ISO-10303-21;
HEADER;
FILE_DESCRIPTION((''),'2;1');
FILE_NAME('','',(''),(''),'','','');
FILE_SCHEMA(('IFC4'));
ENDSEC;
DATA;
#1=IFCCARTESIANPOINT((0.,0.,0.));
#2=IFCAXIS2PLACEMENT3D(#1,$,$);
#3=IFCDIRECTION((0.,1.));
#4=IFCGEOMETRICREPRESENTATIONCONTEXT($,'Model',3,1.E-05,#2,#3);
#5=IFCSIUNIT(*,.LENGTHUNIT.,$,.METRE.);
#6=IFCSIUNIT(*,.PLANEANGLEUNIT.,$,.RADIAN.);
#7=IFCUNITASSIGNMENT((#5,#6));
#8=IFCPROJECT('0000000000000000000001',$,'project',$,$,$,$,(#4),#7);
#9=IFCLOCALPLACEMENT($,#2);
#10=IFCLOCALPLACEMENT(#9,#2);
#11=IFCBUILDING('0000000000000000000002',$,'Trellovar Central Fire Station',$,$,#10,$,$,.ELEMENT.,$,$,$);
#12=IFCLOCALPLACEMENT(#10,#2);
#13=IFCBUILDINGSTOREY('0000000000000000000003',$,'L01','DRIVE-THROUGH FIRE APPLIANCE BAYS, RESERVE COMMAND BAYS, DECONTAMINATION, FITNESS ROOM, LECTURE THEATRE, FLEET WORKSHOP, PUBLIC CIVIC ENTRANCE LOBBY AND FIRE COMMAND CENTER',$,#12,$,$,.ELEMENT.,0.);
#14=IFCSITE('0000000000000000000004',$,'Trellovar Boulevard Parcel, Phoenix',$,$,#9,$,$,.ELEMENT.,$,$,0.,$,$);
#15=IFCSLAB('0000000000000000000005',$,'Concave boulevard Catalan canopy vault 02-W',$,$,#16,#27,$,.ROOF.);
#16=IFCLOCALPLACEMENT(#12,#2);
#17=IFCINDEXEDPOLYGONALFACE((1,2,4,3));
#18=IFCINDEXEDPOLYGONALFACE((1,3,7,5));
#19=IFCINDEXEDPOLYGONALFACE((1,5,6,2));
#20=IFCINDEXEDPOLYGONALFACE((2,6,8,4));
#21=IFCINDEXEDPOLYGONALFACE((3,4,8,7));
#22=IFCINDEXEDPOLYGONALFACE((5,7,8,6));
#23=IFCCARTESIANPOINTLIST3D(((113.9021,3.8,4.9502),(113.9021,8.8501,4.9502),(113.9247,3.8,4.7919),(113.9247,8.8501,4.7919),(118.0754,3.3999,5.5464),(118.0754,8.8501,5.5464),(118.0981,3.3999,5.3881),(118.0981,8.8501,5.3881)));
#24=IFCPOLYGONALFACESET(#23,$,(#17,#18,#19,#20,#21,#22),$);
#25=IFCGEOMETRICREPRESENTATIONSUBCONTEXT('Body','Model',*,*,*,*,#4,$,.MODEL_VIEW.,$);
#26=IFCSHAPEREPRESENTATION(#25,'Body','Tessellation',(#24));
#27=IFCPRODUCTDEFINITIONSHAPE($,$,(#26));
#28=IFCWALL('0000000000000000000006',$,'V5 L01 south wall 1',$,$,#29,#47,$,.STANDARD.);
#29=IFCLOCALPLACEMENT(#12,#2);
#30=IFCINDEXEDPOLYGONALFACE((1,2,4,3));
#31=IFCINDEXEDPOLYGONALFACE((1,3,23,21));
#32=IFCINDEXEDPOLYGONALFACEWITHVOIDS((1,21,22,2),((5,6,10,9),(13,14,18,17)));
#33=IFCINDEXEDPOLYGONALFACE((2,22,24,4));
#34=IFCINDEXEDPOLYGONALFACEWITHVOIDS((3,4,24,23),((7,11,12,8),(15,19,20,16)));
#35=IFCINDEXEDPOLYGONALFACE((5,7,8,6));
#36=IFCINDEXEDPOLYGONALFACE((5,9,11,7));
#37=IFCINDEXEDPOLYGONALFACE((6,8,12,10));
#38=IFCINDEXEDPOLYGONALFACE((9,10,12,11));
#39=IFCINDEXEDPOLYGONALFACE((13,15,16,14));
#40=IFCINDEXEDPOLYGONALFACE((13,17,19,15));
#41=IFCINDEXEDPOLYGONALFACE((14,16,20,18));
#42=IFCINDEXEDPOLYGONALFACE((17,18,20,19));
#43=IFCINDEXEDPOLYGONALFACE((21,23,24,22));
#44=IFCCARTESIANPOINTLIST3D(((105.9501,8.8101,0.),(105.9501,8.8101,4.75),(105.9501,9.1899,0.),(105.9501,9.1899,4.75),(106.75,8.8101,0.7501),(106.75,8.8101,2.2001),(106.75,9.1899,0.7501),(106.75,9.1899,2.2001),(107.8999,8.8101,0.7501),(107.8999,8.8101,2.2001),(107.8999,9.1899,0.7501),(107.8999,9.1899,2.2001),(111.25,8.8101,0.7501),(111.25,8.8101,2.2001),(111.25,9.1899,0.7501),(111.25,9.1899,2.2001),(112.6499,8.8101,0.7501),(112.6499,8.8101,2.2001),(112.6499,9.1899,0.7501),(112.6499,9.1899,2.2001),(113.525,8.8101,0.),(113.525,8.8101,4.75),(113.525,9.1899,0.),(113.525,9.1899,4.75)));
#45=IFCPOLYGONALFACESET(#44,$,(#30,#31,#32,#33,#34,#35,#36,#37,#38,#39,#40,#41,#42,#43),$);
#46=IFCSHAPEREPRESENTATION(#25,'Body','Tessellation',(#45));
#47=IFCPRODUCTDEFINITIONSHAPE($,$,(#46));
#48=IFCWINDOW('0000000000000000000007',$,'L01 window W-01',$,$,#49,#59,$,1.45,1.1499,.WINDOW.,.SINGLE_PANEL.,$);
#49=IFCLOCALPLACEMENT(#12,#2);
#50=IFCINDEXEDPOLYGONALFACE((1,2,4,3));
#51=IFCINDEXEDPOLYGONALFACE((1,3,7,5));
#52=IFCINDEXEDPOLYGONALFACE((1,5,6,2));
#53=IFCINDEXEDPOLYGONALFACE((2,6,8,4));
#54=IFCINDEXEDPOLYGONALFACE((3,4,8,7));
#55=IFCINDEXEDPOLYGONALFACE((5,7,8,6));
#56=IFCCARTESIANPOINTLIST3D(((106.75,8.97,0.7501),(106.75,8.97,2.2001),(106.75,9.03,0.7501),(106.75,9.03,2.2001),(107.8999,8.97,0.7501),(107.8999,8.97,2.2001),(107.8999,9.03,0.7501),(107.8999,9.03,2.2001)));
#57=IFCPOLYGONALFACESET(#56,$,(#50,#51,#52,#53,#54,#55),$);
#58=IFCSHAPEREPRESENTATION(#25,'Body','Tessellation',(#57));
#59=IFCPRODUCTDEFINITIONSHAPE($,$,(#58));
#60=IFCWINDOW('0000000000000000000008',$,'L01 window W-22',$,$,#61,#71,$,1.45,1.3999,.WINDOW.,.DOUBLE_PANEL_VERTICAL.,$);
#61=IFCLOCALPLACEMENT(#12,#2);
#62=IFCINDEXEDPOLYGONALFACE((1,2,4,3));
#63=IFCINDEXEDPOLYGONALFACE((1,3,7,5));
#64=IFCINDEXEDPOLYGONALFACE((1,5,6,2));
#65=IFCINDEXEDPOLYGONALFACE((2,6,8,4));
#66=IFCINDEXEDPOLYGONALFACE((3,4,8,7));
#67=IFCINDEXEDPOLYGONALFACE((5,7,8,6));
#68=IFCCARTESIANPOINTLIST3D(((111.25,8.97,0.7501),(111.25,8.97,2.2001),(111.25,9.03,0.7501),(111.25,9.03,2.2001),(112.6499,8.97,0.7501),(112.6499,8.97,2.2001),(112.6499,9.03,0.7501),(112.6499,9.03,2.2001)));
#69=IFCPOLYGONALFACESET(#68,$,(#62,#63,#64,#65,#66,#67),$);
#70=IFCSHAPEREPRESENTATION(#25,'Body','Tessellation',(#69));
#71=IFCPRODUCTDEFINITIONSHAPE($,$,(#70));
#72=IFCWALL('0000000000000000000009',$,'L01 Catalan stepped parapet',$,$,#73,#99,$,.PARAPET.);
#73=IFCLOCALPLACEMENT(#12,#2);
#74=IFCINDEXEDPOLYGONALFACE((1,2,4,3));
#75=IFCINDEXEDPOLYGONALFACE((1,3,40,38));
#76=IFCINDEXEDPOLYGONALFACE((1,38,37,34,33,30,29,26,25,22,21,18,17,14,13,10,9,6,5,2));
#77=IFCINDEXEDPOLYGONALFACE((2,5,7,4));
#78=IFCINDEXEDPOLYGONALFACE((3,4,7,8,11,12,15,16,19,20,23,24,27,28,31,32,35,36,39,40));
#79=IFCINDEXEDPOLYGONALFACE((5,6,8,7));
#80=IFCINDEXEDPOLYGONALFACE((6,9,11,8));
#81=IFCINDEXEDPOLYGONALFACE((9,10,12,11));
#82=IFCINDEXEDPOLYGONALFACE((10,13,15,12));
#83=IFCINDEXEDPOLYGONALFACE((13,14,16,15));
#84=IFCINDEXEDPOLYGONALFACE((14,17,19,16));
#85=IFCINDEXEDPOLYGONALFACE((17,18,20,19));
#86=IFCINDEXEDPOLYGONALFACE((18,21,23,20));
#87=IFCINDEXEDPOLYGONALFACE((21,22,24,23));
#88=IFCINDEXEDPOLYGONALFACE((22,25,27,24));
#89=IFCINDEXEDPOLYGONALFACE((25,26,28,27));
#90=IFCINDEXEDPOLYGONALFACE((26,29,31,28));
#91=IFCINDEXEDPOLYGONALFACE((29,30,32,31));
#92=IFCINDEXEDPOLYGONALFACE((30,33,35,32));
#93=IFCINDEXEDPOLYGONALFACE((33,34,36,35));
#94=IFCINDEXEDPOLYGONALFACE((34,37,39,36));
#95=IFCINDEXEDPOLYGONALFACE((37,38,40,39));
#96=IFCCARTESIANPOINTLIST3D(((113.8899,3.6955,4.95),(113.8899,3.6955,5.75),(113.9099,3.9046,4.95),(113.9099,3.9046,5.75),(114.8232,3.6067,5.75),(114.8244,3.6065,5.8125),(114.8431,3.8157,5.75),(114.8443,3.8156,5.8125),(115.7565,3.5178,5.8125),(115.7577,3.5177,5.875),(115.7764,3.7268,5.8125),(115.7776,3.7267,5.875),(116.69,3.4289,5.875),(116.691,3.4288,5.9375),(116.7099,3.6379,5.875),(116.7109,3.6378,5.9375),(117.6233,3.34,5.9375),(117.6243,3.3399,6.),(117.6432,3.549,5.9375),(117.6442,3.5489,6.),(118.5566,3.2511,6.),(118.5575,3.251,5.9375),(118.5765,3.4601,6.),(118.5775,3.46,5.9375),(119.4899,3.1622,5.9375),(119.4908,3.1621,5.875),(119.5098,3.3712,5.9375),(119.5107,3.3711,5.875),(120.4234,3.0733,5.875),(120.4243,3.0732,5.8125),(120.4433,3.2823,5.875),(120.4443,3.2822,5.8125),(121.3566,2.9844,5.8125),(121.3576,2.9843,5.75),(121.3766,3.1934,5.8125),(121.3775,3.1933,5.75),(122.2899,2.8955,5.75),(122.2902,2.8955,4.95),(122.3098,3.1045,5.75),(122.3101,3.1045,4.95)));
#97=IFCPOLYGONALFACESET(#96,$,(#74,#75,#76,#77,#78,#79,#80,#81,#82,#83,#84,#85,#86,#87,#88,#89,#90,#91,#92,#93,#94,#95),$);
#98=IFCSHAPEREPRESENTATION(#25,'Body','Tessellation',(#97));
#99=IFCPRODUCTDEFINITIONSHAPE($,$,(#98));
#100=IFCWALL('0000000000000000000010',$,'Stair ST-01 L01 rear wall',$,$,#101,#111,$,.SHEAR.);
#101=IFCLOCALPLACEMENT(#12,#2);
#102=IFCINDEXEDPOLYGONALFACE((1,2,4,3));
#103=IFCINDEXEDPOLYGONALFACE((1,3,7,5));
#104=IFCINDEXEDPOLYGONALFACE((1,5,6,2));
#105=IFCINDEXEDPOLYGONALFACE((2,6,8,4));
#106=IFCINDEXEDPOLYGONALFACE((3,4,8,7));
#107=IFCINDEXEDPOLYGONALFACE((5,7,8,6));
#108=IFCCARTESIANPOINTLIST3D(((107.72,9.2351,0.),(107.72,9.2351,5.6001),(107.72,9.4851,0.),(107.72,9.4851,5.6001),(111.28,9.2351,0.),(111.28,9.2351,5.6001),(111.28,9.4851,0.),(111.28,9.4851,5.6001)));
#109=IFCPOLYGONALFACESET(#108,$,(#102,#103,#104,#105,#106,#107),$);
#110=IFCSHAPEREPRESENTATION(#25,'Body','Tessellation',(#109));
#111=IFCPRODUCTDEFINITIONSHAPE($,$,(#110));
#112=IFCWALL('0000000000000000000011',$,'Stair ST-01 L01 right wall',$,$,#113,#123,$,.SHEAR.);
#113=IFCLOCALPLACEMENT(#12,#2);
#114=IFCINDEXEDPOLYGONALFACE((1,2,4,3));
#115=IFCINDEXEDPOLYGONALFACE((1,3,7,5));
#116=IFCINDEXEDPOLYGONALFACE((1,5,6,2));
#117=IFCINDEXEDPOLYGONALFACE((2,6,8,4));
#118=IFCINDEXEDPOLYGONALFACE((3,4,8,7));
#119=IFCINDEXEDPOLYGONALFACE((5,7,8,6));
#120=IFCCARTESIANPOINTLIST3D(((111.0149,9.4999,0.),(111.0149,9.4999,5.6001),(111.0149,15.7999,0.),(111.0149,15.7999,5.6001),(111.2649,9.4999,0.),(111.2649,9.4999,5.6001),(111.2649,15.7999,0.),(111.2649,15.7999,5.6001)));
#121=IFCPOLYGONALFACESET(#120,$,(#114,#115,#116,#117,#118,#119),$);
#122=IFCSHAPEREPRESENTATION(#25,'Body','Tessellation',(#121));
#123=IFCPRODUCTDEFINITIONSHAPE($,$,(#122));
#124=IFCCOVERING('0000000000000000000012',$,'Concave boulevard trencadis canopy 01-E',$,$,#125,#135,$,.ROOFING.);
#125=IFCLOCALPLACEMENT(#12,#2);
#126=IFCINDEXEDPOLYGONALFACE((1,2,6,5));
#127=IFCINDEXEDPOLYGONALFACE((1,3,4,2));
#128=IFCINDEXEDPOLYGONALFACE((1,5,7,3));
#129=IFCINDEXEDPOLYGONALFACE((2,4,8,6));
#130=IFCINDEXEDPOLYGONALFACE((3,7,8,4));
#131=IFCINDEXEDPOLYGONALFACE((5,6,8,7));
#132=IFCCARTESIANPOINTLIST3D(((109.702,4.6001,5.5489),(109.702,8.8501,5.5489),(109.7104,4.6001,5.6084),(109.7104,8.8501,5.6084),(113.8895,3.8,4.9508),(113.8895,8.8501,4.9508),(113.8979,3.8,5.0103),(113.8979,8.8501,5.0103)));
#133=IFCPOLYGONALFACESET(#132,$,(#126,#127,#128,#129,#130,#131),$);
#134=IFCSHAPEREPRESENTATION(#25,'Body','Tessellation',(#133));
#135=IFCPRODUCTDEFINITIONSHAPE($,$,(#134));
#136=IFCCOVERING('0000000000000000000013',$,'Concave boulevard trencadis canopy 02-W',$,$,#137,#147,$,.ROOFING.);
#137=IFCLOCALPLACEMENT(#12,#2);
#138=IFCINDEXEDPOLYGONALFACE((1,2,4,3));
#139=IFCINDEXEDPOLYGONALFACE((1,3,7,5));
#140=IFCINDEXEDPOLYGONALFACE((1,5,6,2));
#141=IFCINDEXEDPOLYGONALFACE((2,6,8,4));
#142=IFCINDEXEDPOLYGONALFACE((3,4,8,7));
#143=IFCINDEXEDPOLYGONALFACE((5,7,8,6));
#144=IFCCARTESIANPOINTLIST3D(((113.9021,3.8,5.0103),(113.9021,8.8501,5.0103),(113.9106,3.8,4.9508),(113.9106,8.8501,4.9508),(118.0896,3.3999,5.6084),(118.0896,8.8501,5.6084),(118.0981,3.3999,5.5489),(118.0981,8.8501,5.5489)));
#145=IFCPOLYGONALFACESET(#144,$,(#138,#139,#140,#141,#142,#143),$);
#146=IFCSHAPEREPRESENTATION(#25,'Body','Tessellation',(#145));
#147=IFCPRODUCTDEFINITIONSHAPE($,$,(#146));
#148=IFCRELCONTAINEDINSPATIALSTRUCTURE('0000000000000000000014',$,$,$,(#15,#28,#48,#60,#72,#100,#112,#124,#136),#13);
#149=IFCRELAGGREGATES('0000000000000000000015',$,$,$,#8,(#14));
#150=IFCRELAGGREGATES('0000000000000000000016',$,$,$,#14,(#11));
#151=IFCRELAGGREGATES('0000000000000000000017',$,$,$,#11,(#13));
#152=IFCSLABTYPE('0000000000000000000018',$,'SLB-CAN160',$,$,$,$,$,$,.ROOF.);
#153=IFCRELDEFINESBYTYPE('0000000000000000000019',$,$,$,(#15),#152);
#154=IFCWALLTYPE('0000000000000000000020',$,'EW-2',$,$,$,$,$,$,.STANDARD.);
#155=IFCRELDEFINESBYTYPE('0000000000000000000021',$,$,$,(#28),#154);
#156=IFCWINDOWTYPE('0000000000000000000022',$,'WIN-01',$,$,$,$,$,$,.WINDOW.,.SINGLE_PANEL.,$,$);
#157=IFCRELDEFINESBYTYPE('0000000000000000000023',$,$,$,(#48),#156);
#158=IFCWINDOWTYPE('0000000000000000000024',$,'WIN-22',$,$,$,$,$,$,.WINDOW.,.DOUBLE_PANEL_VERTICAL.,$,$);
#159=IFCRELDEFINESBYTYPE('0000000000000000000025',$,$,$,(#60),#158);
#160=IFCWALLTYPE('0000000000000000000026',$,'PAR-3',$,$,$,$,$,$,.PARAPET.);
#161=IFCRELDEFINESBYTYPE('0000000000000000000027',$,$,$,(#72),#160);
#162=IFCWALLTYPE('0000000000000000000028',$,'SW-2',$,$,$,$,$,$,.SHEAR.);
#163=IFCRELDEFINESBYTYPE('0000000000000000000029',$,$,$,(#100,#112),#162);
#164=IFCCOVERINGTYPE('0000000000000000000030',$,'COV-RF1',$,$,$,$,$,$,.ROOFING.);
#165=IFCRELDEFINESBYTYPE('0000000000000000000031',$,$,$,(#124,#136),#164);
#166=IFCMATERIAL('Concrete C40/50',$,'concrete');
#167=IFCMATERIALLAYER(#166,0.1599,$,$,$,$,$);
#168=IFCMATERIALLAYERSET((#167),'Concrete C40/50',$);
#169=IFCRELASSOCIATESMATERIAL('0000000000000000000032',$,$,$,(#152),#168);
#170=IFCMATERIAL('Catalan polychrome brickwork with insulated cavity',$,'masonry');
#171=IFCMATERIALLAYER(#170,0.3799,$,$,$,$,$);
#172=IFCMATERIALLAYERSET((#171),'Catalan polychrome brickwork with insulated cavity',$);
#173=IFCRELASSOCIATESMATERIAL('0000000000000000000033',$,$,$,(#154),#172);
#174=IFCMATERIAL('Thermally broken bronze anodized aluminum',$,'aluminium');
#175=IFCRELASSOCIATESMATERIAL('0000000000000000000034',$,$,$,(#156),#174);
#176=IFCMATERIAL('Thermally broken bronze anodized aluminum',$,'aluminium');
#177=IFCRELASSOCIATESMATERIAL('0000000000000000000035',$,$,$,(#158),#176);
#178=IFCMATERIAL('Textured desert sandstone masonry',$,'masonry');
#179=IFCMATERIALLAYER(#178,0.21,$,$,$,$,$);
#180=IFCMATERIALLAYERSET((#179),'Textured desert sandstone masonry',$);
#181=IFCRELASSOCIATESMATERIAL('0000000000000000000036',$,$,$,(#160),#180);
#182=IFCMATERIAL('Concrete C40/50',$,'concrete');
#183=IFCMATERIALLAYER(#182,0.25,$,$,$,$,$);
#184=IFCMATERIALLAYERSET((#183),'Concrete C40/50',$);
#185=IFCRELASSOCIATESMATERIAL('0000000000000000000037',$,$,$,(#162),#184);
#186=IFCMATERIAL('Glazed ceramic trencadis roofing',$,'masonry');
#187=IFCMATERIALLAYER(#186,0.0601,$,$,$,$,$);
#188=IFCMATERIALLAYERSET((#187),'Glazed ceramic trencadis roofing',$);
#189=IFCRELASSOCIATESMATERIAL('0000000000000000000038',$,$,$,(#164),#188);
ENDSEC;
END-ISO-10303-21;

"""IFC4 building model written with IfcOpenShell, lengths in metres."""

from ifc_helpers import new_model, si_unit, direction, frame, frame_2d, origin, place, context, subcontext, project, spatial, polyline, rectangle, outline, extrude, material, layer, layer_set, type_object, element, fill, save


model = new_model("IFC4")

# Units and contexts
model_context = context("Model", 3, precision=1e-05, world=origin(), true_north=direction((0.0, 1.0)))
body_context = subcontext(model_context, "Body", "Model", "MODEL_VIEW")
ifc_project = project(units=[si_unit("LENGTHUNIT", "METRE"), si_unit("PLANEANGLEUNIT", "RADIAN")], contexts=[model_context])

# Site, building, storey
site_placement = place(None, origin())
site = spatial("IfcSite", under=ifc_project, at=site_placement, Name="Trellovar Boulevard Parcel, Phoenix", CompositionType="ELEMENT", RefElevation=0.0)
building_placement = place(site_placement, origin())
building = spatial("IfcBuilding", under=site, at=building_placement, Name="Trellovar Central Fire Station", CompositionType="ELEMENT")
storey_placement = place(building_placement, origin())
storey = spatial("IfcBuildingStorey", under=building, at=storey_placement, Name="L01", Description="DRIVE-THROUGH FIRE APPLIANCE BAYS, RESERVE COMMAND BAYS, DECONTAMINATION, FITNESS ROOM, LECTURE THEATRE, FLEET WORKSHOP, PUBLIC CIVIC ENTRANCE LOBBY AND FIRE COMMAND CENTER", CompositionType="ELEMENT", Elevation=0.0)

# Slab
ifc_material_1 = material(Name="Concrete C40/50", Category="concrete")
ifc_layer_1 = layer(ifc_material_1, 0.1599)
ifc_layer_set_1 = layer_set([ifc_layer_1], Name="Concrete C40/50")
slab_type = type_object("IfcSlabType", Name="SLB-CAN160", PredefinedType="ROOF", material=ifc_layer_set_1)
slab_1_placement = place(storey_placement, frame((113.9021, 3.8, 4.9502), z_axis=(-0.141421, 0.0, 0.989949), x_axis=(0.98552, -0.094493, 0.140789)))
element("IfcSlab", 1, at=slab_1_placement, inside=storey, type_object=slab_type, Name="Concave boulevard Catalan canopy vault 02-W", PredefinedType="ROOF", context=body_context, shape_type="SweptSolid", body=[
    extrude(outline(polyline([(0.0, 0.0), (4.2347, 0.0), (3.7197, 5.4258), (-0.4772, 5.0275), (0.0, 0.0)])), origin(), (0.0, 0.0, -1.0), 0.1599),
])

# Wall, openings, windows
ifc_material_2 = material(Name="Catalan polychrome brickwork with insulated cavity", Category="masonry")
ifc_layer_2 = layer(ifc_material_2, 0.3799)
ifc_layer_set_2 = layer_set([ifc_layer_2], Name="Catalan polychrome brickwork with insulated cavity")
wall_type_1 = type_object("IfcWallType", Name="EW-2", PredefinedType="STANDARD", material=ifc_layer_set_2)
wall_1_placement = place(storey_placement, frame((105.95, 9.0, 0.0), z_axis=(0.0, 0.0, 1.0), x_axis=(1.0, 0.0, 0.0)))
wall_1 = element("IfcWall", 2, at=wall_1_placement, inside=storey, type_object=wall_type_1, Name="V5 L01 south wall 1", PredefinedType="STANDARD", context=body_context, shape_type="SweptSolid", body=[
    extrude(rectangle(XDim=7.575, YDim=0.3799, at=frame_2d((3.7876, 0.0))), origin(), (0.0, 0.0, 1.0), 4.75),
])
opening_1_placement = place(wall_1_placement, frame((0.8, 0.0, 0.75)))
opening_1 = element("IfcOpeningElement", 3, at=opening_1_placement, cuts=wall_1, PredefinedType="OPENING", context=body_context, shape_type="SweptSolid", body=[
    extrude(rectangle(XDim=1.1499, YDim=1.45, at=frame_2d((0.575, 0.7251))), frame((0.0, 0.2, 0.0), z_axis=(0.0, -1.0, 0.0), x_axis=(1.0, 0.0, 0.0)), (0.0, 0.0, 1.0), 0.3999),
])
opening_2_placement = place(wall_1_placement, frame((5.3, 0.0, 0.75)))
opening_2 = element("IfcOpeningElement", 4, at=opening_2_placement, cuts=wall_1, PredefinedType="OPENING", context=body_context, shape_type="SweptSolid", body=[
    extrude(rectangle(XDim=1.3999, YDim=1.45, at=frame_2d((0.7, 0.7251))), frame((0.0, 0.2, 0.0), z_axis=(0.0, -1.0, 0.0), x_axis=(1.0, 0.0, 0.0)), (0.0, 0.0, 1.0), 0.3999),
])
ifc_material_3 = material(Name="Thermally broken bronze anodized aluminum", Category="aluminium")
window_type_1 = type_object("IfcWindowType", Name="WIN-01", PartitioningType="SINGLE_PANEL", PredefinedType="WINDOW", material=ifc_material_3)
window_1_placement = place(opening_1_placement, origin())
window_1 = element("IfcWindow", 5, at=window_1_placement, inside=storey, type_object=window_type_1, Name="L01 window W-01", OverallHeight=1.45, OverallWidth=1.1499, PartitioningType="SINGLE_PANEL", PredefinedType="WINDOW", context=body_context, shape_type="SweptSolid", body=[
    extrude(rectangle(XDim=1.1499, YDim=1.45, at=frame_2d((0.575, 0.7251))), frame((0.0, 0.03, 0.0), z_axis=(0.0, -1.0, 0.0), x_axis=(1.0, 0.0, 0.0)), (0.0, 0.0, 1.0), 0.0601),
])
fill(opening_1, window_1)
ifc_material_4 = material(Name="Thermally broken bronze anodized aluminum", Category="aluminium")
window_type_2 = type_object("IfcWindowType", Name="WIN-22", PartitioningType="DOUBLE_PANEL_VERTICAL", PredefinedType="WINDOW", material=ifc_material_4)
window_2_placement = place(opening_2_placement, origin())
window_2 = element("IfcWindow", 6, at=window_2_placement, inside=storey, type_object=window_type_2, Name="L01 window W-22", OverallHeight=1.45, OverallWidth=1.3999, PartitioningType="DOUBLE_PANEL_VERTICAL", PredefinedType="WINDOW", context=body_context, shape_type="SweptSolid", body=[
    extrude(rectangle(XDim=1.3999, YDim=1.45, at=frame_2d((0.7, 0.7251))), frame((0.0, 0.03, 0.0), z_axis=(0.0, -1.0, 0.0), x_axis=(1.0, 0.0, 0.0)), (0.0, 0.0, 1.0), 0.0601),
])
fill(opening_2, window_2)

# Walls
ifc_material_5 = material(Name="Textured desert sandstone masonry", Category="masonry")
ifc_layer_3 = layer(ifc_material_5, 0.21)
ifc_layer_set_3 = layer_set([ifc_layer_3], Name="Textured desert sandstone masonry")
wall_type_2 = type_object("IfcWallType", Name="PAR-3", PredefinedType="PARAPET", material=ifc_layer_set_3)
wall_2_placement = place(storey_placement, frame((113.8999, 3.8, 4.95), z_axis=(0.0, 0.0, 1.0), x_axis=(0.995495, -0.094813, 0.0)))
element("IfcWall", 7, at=wall_2_placement, inside=storey, type_object=wall_type_2, Name="L01 Catalan stepped parapet", PredefinedType="PARAPET", context=body_context, shape_type="SweptSolid", body=[
    extrude(outline(polyline([(0.0, 0.0), (8.4382, 0.0), (8.438, 0.8), (7.5015, 0.8), (7.5005, 0.8625), (6.564, 0.8625), (6.563, 0.925), (5.6262, 0.925), (5.6252, 0.9875), (4.6887, 0.9875), (4.6877, 1.05), (3.7512, 1.05), (3.7502, 0.9875), (2.8137, 0.9875), (2.8127, 0.925), (1.8762, 0.925), (1.875, 0.8625), (0.9387, 0.8625), (0.9375, 0.8), (0.0, 0.8), (0.0, 0.0)])), frame((0.0, 0.105, 0.0), z_axis=(0.0, -1.0, 0.0), x_axis=(1.0, 0.0, 0.0)), (0.0, 0.0, 1.0), 0.21),
])
ifc_material_6 = material(Name="Concrete C40/50", Category="concrete")
ifc_layer_4 = layer(ifc_material_6, 0.25)
ifc_layer_set_4 = layer_set([ifc_layer_4], Name="Concrete C40/50")
wall_type_3 = type_object("IfcWallType", Name="SW-2", PredefinedType="SHEAR", material=ifc_layer_set_4)
wall_3_placement = place(storey_placement, frame((111.28, 9.3601, 0.0), z_axis=(0.0, 0.0, 1.0), x_axis=(-1.0, 0.0, 0.0)))
element("IfcWall", 8, at=wall_3_placement, inside=storey, type_object=wall_type_3, Name="Stair ST-01 L01 rear wall", PredefinedType="SHEAR", context=body_context, shape_type="SweptSolid", body=[
    extrude(rectangle(XDim=3.5601, YDim=0.25, at=frame_2d((1.78, 0.0))), origin(), (0.0, 0.0, 1.0), 5.6001),
])
wall_4_placement = place(storey_placement, frame((111.1399, 9.5, 0.0), z_axis=(0.0, 0.0, 1.0), x_axis=(0.0, 1.0, 0.0)))
element("IfcWall", 9, at=wall_4_placement, inside=storey, type_object=wall_type_3, Name="Stair ST-01 L01 right wall", PredefinedType="SHEAR", context=body_context, shape_type="SweptSolid", body=[
    extrude(rectangle(XDim=6.3, YDim=0.25, at=frame_2d((3.1499, 0.0))), origin(), (0.0, 0.0, 1.0), 5.6001),
])

# Coverings
ifc_material_7 = material(Name="Glazed ceramic trencadis roofing", Category="masonry")
ifc_layer_5 = layer(ifc_material_7, 0.0601)
ifc_layer_set_5 = layer_set([ifc_layer_5], Name="Glazed ceramic trencadis roofing")
covering_type = type_object("IfcCoveringType", Name="COV-RF1", PredefinedType="ROOFING", material=ifc_layer_set_5)
covering_1_placement = place(storey_placement, frame((109.7104, 4.6001, 5.6084), z_axis=(0.141405, 0.0, 0.989952), x_axis=(0.972707, -0.185842, -0.138942)))
element("IfcCovering", 10, at=covering_1_placement, inside=storey, type_object=covering_type, Name="Concave boulevard trencadis canopy 01-E", PredefinedType="ROOFING", context=body_context, shape_type="SweptSolid", body=[
    extrude(outline(polyline([(0.0, 0.0), (4.305, 0.0), (3.3665, 4.9621), (-0.7898, 4.176), (0.0, 0.0)])), origin(), (0.0, 0.0, -1.0), 0.0601),
])
covering_2_placement = place(storey_placement, frame((113.9021, 3.8, 5.0103), z_axis=(-0.141405, 0.0, 0.989952), x_axis=(0.985552, -0.094177, 0.140777)))
element("IfcCovering", 11, at=covering_2_placement, inside=storey, type_object=covering_type, Name="Concave boulevard trencadis canopy 02-W", PredefinedType="ROOFING", context=body_context, shape_type="SweptSolid", body=[
    extrude(outline(polyline([(0.0, 0.0), (4.2489, 0.0), (3.7356, 5.426), (-0.4756, 5.0276), (0.0, 0.0)])), origin(), (0.0, 0.0, -1.0), 0.0601),
])

save(model, "model.ifc")
